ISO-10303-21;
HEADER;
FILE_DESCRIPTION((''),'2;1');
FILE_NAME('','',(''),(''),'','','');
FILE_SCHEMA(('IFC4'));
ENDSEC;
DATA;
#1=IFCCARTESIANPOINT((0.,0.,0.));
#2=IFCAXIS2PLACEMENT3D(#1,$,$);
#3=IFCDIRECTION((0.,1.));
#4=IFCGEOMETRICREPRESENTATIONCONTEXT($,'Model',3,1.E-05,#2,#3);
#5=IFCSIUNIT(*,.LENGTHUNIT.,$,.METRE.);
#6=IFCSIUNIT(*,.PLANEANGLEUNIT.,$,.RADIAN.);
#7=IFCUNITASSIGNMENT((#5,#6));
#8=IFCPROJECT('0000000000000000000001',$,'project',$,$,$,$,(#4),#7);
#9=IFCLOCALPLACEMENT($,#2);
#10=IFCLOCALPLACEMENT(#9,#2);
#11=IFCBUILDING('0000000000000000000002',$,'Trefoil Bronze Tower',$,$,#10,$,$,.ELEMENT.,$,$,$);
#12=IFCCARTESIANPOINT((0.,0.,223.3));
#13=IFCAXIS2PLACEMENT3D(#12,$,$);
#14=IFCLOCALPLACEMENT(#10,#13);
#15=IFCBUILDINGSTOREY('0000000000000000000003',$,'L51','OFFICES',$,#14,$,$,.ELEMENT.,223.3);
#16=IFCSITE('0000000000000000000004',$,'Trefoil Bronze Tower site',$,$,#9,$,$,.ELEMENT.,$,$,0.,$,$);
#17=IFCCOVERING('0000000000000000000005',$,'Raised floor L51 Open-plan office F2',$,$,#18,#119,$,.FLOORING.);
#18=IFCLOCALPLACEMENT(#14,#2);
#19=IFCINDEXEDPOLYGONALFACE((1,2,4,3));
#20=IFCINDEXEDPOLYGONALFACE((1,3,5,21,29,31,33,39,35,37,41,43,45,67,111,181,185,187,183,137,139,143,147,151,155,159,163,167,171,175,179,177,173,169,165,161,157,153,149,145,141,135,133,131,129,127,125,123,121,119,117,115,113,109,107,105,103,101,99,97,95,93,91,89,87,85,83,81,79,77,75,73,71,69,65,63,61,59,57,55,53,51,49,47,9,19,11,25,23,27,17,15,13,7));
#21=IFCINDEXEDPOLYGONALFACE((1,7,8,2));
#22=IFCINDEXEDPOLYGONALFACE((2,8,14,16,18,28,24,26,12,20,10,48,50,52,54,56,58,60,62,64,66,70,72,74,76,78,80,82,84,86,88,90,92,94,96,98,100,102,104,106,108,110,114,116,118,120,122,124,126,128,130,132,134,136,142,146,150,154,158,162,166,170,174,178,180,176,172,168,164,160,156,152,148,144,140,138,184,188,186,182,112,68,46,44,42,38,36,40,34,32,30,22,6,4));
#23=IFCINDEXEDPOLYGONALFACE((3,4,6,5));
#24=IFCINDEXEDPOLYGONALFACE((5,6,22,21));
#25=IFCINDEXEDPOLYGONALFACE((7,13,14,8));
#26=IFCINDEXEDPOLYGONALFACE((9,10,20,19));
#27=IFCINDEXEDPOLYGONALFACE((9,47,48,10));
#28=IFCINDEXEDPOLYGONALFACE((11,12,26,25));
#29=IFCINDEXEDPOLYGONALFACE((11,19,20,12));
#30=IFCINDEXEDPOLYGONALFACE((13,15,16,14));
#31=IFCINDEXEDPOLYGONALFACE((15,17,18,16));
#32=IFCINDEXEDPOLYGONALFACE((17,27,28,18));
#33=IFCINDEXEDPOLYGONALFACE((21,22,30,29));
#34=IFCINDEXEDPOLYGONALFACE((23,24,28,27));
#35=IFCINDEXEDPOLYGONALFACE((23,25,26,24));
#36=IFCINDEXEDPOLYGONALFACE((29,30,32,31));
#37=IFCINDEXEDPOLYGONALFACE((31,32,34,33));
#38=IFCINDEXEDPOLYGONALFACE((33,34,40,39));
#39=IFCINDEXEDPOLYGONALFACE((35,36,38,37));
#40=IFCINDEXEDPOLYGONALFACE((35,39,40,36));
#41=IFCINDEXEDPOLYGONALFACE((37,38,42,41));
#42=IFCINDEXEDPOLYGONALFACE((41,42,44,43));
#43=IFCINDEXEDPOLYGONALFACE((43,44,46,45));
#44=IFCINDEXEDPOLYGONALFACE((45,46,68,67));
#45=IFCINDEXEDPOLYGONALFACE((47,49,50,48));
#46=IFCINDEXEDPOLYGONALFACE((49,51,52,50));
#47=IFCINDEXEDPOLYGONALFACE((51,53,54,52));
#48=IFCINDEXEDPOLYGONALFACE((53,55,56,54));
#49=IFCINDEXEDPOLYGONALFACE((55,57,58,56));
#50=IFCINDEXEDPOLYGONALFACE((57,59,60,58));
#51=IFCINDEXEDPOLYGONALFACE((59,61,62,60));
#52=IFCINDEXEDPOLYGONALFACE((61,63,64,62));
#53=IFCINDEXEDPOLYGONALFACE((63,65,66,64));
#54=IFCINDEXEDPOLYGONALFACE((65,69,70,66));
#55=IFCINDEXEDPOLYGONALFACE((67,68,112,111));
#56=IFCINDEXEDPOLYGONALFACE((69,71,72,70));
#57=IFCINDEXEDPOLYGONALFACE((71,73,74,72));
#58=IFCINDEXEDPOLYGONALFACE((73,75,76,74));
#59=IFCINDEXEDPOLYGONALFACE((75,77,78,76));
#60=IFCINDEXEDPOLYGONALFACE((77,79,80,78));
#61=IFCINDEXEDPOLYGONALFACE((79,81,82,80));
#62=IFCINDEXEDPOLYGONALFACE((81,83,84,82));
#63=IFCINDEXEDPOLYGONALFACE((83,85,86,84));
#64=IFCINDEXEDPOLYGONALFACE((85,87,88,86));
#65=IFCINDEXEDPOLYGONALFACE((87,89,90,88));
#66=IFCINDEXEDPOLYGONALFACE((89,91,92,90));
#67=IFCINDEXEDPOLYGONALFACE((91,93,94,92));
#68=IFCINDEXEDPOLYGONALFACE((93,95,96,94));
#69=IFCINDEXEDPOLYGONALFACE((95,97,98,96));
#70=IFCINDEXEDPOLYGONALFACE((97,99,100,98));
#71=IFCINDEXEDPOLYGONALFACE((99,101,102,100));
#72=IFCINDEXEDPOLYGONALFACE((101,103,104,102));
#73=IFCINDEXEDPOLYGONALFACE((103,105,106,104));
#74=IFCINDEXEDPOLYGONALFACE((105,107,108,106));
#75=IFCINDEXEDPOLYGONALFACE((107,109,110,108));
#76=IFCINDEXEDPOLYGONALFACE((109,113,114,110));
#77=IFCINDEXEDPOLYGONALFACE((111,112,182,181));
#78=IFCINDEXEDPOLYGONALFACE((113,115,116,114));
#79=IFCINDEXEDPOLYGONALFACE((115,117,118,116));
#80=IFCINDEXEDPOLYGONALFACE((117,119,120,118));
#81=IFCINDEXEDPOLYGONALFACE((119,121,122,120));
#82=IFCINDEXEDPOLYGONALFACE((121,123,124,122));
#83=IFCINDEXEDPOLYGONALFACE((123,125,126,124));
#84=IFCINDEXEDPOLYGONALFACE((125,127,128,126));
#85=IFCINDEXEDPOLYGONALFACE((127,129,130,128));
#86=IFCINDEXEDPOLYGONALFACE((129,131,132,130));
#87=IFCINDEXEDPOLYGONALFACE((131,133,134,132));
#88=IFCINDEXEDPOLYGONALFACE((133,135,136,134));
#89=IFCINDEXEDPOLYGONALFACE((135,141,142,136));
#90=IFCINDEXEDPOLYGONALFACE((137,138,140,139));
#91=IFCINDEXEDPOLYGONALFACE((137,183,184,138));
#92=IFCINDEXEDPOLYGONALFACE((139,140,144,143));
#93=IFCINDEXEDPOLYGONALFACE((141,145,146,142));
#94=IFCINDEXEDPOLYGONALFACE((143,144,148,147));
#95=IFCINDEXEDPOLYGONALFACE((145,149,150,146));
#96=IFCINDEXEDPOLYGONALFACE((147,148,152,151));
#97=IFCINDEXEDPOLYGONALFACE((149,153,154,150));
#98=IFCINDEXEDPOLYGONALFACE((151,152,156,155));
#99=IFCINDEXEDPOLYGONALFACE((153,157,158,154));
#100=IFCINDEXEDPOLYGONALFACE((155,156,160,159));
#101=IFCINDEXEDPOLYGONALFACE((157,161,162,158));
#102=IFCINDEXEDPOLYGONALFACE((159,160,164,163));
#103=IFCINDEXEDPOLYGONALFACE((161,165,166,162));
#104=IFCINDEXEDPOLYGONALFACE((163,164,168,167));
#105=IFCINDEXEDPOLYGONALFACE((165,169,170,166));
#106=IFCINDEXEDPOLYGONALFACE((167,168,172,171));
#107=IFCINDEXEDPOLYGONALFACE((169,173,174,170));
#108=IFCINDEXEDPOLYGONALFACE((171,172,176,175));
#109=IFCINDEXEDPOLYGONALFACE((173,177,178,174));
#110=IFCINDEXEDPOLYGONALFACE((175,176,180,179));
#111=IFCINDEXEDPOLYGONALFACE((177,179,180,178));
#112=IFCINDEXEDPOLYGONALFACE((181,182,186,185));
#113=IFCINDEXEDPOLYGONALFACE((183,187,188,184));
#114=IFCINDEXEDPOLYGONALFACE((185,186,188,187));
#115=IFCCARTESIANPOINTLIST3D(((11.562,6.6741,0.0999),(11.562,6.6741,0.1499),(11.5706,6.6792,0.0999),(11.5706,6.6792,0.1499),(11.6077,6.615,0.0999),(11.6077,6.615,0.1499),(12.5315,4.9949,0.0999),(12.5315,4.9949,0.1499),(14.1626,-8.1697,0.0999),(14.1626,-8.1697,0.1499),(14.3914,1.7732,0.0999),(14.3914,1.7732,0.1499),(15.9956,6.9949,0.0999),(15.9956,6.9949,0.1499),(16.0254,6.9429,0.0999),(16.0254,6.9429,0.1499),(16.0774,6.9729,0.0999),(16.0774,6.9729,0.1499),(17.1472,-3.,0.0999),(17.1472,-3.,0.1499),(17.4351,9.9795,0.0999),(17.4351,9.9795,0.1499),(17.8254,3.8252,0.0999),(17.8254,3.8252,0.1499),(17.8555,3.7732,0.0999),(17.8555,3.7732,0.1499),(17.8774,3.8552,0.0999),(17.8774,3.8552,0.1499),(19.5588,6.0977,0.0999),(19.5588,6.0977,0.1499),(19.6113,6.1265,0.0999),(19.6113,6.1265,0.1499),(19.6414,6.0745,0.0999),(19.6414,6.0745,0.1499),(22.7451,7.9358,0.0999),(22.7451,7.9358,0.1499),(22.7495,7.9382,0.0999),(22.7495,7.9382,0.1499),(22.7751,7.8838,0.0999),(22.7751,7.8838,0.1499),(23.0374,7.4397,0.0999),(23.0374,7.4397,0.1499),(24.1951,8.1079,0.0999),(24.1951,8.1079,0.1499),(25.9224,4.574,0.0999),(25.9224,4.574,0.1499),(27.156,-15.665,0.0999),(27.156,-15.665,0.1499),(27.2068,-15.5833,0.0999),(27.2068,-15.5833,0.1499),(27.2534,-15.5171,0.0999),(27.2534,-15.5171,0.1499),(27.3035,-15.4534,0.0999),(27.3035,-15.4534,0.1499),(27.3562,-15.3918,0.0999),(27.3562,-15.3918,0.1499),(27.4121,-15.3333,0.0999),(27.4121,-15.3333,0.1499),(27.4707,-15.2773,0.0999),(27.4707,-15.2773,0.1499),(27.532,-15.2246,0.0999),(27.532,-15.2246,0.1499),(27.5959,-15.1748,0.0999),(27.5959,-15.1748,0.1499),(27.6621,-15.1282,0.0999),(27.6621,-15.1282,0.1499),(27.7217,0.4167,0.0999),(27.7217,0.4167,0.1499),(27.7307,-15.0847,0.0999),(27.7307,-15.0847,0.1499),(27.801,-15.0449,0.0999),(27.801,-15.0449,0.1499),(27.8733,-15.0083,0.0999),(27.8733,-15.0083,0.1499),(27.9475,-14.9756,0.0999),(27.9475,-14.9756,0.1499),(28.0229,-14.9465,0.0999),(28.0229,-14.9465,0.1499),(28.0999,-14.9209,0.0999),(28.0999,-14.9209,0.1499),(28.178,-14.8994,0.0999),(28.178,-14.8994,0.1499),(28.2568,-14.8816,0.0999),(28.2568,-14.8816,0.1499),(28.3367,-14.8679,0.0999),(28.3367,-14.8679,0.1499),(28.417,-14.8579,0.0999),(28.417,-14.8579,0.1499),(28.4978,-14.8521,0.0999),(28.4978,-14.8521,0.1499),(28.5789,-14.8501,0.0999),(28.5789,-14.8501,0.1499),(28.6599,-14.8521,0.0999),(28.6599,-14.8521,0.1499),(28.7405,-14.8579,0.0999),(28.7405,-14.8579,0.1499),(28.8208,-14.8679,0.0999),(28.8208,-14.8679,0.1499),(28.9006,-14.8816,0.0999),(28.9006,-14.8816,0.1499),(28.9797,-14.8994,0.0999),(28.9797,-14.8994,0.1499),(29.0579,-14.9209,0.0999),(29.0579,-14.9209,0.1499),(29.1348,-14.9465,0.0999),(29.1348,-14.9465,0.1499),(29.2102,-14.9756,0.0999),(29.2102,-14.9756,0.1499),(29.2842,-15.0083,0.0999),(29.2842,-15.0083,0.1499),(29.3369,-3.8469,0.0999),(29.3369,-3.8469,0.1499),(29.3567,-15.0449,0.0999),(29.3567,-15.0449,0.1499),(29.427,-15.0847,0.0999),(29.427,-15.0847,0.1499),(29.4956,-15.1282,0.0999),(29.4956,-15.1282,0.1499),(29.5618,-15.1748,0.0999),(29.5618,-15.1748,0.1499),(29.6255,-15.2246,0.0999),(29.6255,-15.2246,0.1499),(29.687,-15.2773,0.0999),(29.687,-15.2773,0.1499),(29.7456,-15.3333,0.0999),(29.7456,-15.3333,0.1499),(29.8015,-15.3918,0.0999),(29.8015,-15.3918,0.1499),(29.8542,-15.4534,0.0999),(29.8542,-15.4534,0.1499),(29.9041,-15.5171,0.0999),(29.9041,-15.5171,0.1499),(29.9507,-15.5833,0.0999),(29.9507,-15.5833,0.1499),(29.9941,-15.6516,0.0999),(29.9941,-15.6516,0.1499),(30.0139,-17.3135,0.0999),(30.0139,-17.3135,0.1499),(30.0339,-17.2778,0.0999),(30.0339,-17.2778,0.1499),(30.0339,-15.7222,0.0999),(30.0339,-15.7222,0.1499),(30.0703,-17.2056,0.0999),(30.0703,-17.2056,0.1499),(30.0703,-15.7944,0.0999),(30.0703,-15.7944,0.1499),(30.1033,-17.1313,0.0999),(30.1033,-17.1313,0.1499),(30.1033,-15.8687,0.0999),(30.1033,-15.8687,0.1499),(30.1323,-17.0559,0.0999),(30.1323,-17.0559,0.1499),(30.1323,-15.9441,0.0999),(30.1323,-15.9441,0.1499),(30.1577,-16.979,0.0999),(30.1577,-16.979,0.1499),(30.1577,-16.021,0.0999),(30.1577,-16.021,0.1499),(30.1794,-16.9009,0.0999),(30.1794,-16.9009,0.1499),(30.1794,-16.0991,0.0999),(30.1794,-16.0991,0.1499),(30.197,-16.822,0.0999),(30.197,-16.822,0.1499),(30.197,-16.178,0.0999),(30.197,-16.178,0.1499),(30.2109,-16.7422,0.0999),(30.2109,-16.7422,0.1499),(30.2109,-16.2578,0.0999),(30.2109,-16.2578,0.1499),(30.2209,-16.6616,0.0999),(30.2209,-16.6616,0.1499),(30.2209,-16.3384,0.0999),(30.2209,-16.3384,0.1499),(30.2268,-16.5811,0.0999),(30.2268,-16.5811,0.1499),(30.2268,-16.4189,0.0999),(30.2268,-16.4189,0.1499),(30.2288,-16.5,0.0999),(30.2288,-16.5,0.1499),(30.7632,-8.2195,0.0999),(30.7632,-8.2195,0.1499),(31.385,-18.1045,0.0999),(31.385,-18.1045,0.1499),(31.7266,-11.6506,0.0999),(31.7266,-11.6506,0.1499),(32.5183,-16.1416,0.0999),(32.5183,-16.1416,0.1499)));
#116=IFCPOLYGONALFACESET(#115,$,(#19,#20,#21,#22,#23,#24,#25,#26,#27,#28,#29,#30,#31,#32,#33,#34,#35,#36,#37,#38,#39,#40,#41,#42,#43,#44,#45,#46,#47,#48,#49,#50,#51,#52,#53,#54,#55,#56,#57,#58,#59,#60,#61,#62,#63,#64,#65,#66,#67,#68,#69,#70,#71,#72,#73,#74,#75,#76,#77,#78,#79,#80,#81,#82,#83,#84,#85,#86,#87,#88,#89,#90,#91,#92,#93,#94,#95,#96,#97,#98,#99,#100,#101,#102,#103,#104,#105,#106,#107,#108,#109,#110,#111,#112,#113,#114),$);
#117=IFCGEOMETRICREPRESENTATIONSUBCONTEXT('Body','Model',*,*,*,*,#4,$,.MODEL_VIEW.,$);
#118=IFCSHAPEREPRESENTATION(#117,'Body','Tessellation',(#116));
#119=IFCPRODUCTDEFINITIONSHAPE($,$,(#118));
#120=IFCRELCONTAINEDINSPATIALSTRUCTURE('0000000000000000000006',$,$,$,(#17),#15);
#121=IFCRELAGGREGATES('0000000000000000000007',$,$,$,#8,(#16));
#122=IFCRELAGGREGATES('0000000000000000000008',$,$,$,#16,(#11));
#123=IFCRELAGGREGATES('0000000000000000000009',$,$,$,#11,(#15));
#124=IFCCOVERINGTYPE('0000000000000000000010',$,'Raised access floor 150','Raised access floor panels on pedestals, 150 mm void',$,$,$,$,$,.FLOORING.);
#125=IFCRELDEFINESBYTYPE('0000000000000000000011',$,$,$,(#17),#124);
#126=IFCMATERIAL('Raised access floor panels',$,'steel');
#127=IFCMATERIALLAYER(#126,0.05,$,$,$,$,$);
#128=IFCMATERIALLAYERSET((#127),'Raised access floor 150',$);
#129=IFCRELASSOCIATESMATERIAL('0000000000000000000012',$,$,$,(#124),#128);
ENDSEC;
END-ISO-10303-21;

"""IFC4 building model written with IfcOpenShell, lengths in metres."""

from ifc_helpers import new_model, si_unit, direction, frame, origin, place, context, subcontext, project, spatial, polyline, outline, extrude, material, layer, layer_set, type_object, element, save


model = new_model("IFC4")

# Units and contexts
model_context = context("Model", 3, precision=1e-05, world=origin(), true_north=direction((0.0, 1.0)))
body_context = subcontext(model_context, "Body", "Model", "MODEL_VIEW")
ifc_project = project(units=[si_unit("LENGTHUNIT", "METRE"), si_unit("PLANEANGLEUNIT", "RADIAN")], contexts=[model_context])

# Site, building, storey
site_placement = place(None, origin())
site = spatial("IfcSite", under=ifc_project, at=site_placement, Name="Trefoil Bronze Tower site", CompositionType="ELEMENT", RefElevation=0.0)
building_placement = place(site_placement, origin())
building = spatial("IfcBuilding", under=site, at=building_placement, Name="Trefoil Bronze Tower", CompositionType="ELEMENT")
storey_placement = place(building_placement, frame((0.0, 0.0, 223.3)))
storey = spatial("IfcBuildingStorey", under=building, at=storey_placement, Name="L51", Description="OFFICES", CompositionType="ELEMENT", Elevation=223.3)

# Covering
ifc_material_1 = material(Name="Raised access floor panels", Category="steel")
ifc_layer_1 = layer(ifc_material_1, 0.05)
ifc_layer_set_1 = layer_set([ifc_layer_1], Name="Raised access floor 150")
covering_type_1 = type_object("IfcCoveringType", Name="Raised access floor 150", Description="Raised access floor panels on pedestals, 150 mm void", PredefinedType="FLOORING", material=ifc_layer_set_1)
covering_1_placement = place(storey_placement, frame((0.0, 0.0, 0.0999)))
element("IfcCovering", 1, at=covering_1_placement, inside=storey, type_object=covering_type_1, Name="Raised floor L51 Open-plan office F2", PredefinedType="FLOORING", context=body_context, shape_type="SweptSolid", body=[
    extrude(outline(polyline([(14.3914, 1.7732), (17.8555, 3.7732), (17.8254, 3.8252), (17.8774, 3.8552), (16.0774, 6.9729), (16.0254, 6.9429), (15.9956, 6.9949), (12.5315, 4.9949), (11.562, 6.6741), (11.5706, 6.6792), (11.6077, 6.615), (17.4351, 9.9795), (19.5588, 6.0977), (19.6113, 6.1265), (19.6414, 6.0745), (22.7751, 7.8838), (22.7451, 7.9358), (22.7495, 7.9382), (23.0374, 7.4397), (24.1951, 8.1079), (25.9224, 4.574), (27.7217, 0.4167), (29.3369, -3.8469), (30.7632, -8.2195), (31.7266, -11.6506), (32.5183, -16.1416), (31.385, -18.1045), (30.0139, -17.3135), (30.0339, -17.2778), (30.0703, -17.2056), (30.1033, -17.1313), (30.1323, -17.0559), (30.1577, -16.979), (30.1794, -16.9009), (30.197, -16.822), (30.2109, -16.7422), (30.2209, -16.6616), (30.2268, -16.5811), (30.2288, -16.5), (30.2268, -16.4189), (30.2209, -16.3384), (30.2109, -16.2578), (30.197, -16.178), (30.1794, -16.0991), (30.1577, -16.021), (30.1323, -15.9441), (30.1033, -15.8687), (30.0703, -15.7944), (30.0339, -15.7222), (29.9941, -15.6516), (29.9507, -15.5833), (29.9041, -15.5171), (29.8542, -15.4534), (29.8015, -15.3918), (29.7456, -15.3333), (29.687, -15.2773), (29.6255, -15.2246), (29.5618, -15.1748), (29.4956, -15.1282), (29.427, -15.0847), (29.3567, -15.0449), (29.2842, -15.0083), (29.2102, -14.9756), (29.1348, -14.9465), (29.0579, -14.9209), (28.9797, -14.8994), (28.9006, -14.8816), (28.8208, -14.8679), (28.7405, -14.8579), (28.6599, -14.8521), (28.5789, -14.8501), (28.4978, -14.8521), (28.417, -14.8579), (28.3367, -14.8679), (28.2568, -14.8816), (28.178, -14.8994), (28.0999, -14.9209), (28.0229, -14.9465), (27.9475, -14.9756), (27.8733, -15.0083), (27.801, -15.0449), (27.7307, -15.0847), (27.6621, -15.1282), (27.5959, -15.1748), (27.532, -15.2246), (27.4707, -15.2773), (27.4121, -15.3333), (27.3562, -15.3918), (27.3035, -15.4534), (27.2534, -15.5171), (27.2068, -15.5833), (27.156, -15.665), (14.1626, -8.1697), (17.1472, -3.0), (14.3914, 1.7732)])), origin(), (0.0, 0.0, 1.0), 0.05),
])

save(model, "model.ifc")
